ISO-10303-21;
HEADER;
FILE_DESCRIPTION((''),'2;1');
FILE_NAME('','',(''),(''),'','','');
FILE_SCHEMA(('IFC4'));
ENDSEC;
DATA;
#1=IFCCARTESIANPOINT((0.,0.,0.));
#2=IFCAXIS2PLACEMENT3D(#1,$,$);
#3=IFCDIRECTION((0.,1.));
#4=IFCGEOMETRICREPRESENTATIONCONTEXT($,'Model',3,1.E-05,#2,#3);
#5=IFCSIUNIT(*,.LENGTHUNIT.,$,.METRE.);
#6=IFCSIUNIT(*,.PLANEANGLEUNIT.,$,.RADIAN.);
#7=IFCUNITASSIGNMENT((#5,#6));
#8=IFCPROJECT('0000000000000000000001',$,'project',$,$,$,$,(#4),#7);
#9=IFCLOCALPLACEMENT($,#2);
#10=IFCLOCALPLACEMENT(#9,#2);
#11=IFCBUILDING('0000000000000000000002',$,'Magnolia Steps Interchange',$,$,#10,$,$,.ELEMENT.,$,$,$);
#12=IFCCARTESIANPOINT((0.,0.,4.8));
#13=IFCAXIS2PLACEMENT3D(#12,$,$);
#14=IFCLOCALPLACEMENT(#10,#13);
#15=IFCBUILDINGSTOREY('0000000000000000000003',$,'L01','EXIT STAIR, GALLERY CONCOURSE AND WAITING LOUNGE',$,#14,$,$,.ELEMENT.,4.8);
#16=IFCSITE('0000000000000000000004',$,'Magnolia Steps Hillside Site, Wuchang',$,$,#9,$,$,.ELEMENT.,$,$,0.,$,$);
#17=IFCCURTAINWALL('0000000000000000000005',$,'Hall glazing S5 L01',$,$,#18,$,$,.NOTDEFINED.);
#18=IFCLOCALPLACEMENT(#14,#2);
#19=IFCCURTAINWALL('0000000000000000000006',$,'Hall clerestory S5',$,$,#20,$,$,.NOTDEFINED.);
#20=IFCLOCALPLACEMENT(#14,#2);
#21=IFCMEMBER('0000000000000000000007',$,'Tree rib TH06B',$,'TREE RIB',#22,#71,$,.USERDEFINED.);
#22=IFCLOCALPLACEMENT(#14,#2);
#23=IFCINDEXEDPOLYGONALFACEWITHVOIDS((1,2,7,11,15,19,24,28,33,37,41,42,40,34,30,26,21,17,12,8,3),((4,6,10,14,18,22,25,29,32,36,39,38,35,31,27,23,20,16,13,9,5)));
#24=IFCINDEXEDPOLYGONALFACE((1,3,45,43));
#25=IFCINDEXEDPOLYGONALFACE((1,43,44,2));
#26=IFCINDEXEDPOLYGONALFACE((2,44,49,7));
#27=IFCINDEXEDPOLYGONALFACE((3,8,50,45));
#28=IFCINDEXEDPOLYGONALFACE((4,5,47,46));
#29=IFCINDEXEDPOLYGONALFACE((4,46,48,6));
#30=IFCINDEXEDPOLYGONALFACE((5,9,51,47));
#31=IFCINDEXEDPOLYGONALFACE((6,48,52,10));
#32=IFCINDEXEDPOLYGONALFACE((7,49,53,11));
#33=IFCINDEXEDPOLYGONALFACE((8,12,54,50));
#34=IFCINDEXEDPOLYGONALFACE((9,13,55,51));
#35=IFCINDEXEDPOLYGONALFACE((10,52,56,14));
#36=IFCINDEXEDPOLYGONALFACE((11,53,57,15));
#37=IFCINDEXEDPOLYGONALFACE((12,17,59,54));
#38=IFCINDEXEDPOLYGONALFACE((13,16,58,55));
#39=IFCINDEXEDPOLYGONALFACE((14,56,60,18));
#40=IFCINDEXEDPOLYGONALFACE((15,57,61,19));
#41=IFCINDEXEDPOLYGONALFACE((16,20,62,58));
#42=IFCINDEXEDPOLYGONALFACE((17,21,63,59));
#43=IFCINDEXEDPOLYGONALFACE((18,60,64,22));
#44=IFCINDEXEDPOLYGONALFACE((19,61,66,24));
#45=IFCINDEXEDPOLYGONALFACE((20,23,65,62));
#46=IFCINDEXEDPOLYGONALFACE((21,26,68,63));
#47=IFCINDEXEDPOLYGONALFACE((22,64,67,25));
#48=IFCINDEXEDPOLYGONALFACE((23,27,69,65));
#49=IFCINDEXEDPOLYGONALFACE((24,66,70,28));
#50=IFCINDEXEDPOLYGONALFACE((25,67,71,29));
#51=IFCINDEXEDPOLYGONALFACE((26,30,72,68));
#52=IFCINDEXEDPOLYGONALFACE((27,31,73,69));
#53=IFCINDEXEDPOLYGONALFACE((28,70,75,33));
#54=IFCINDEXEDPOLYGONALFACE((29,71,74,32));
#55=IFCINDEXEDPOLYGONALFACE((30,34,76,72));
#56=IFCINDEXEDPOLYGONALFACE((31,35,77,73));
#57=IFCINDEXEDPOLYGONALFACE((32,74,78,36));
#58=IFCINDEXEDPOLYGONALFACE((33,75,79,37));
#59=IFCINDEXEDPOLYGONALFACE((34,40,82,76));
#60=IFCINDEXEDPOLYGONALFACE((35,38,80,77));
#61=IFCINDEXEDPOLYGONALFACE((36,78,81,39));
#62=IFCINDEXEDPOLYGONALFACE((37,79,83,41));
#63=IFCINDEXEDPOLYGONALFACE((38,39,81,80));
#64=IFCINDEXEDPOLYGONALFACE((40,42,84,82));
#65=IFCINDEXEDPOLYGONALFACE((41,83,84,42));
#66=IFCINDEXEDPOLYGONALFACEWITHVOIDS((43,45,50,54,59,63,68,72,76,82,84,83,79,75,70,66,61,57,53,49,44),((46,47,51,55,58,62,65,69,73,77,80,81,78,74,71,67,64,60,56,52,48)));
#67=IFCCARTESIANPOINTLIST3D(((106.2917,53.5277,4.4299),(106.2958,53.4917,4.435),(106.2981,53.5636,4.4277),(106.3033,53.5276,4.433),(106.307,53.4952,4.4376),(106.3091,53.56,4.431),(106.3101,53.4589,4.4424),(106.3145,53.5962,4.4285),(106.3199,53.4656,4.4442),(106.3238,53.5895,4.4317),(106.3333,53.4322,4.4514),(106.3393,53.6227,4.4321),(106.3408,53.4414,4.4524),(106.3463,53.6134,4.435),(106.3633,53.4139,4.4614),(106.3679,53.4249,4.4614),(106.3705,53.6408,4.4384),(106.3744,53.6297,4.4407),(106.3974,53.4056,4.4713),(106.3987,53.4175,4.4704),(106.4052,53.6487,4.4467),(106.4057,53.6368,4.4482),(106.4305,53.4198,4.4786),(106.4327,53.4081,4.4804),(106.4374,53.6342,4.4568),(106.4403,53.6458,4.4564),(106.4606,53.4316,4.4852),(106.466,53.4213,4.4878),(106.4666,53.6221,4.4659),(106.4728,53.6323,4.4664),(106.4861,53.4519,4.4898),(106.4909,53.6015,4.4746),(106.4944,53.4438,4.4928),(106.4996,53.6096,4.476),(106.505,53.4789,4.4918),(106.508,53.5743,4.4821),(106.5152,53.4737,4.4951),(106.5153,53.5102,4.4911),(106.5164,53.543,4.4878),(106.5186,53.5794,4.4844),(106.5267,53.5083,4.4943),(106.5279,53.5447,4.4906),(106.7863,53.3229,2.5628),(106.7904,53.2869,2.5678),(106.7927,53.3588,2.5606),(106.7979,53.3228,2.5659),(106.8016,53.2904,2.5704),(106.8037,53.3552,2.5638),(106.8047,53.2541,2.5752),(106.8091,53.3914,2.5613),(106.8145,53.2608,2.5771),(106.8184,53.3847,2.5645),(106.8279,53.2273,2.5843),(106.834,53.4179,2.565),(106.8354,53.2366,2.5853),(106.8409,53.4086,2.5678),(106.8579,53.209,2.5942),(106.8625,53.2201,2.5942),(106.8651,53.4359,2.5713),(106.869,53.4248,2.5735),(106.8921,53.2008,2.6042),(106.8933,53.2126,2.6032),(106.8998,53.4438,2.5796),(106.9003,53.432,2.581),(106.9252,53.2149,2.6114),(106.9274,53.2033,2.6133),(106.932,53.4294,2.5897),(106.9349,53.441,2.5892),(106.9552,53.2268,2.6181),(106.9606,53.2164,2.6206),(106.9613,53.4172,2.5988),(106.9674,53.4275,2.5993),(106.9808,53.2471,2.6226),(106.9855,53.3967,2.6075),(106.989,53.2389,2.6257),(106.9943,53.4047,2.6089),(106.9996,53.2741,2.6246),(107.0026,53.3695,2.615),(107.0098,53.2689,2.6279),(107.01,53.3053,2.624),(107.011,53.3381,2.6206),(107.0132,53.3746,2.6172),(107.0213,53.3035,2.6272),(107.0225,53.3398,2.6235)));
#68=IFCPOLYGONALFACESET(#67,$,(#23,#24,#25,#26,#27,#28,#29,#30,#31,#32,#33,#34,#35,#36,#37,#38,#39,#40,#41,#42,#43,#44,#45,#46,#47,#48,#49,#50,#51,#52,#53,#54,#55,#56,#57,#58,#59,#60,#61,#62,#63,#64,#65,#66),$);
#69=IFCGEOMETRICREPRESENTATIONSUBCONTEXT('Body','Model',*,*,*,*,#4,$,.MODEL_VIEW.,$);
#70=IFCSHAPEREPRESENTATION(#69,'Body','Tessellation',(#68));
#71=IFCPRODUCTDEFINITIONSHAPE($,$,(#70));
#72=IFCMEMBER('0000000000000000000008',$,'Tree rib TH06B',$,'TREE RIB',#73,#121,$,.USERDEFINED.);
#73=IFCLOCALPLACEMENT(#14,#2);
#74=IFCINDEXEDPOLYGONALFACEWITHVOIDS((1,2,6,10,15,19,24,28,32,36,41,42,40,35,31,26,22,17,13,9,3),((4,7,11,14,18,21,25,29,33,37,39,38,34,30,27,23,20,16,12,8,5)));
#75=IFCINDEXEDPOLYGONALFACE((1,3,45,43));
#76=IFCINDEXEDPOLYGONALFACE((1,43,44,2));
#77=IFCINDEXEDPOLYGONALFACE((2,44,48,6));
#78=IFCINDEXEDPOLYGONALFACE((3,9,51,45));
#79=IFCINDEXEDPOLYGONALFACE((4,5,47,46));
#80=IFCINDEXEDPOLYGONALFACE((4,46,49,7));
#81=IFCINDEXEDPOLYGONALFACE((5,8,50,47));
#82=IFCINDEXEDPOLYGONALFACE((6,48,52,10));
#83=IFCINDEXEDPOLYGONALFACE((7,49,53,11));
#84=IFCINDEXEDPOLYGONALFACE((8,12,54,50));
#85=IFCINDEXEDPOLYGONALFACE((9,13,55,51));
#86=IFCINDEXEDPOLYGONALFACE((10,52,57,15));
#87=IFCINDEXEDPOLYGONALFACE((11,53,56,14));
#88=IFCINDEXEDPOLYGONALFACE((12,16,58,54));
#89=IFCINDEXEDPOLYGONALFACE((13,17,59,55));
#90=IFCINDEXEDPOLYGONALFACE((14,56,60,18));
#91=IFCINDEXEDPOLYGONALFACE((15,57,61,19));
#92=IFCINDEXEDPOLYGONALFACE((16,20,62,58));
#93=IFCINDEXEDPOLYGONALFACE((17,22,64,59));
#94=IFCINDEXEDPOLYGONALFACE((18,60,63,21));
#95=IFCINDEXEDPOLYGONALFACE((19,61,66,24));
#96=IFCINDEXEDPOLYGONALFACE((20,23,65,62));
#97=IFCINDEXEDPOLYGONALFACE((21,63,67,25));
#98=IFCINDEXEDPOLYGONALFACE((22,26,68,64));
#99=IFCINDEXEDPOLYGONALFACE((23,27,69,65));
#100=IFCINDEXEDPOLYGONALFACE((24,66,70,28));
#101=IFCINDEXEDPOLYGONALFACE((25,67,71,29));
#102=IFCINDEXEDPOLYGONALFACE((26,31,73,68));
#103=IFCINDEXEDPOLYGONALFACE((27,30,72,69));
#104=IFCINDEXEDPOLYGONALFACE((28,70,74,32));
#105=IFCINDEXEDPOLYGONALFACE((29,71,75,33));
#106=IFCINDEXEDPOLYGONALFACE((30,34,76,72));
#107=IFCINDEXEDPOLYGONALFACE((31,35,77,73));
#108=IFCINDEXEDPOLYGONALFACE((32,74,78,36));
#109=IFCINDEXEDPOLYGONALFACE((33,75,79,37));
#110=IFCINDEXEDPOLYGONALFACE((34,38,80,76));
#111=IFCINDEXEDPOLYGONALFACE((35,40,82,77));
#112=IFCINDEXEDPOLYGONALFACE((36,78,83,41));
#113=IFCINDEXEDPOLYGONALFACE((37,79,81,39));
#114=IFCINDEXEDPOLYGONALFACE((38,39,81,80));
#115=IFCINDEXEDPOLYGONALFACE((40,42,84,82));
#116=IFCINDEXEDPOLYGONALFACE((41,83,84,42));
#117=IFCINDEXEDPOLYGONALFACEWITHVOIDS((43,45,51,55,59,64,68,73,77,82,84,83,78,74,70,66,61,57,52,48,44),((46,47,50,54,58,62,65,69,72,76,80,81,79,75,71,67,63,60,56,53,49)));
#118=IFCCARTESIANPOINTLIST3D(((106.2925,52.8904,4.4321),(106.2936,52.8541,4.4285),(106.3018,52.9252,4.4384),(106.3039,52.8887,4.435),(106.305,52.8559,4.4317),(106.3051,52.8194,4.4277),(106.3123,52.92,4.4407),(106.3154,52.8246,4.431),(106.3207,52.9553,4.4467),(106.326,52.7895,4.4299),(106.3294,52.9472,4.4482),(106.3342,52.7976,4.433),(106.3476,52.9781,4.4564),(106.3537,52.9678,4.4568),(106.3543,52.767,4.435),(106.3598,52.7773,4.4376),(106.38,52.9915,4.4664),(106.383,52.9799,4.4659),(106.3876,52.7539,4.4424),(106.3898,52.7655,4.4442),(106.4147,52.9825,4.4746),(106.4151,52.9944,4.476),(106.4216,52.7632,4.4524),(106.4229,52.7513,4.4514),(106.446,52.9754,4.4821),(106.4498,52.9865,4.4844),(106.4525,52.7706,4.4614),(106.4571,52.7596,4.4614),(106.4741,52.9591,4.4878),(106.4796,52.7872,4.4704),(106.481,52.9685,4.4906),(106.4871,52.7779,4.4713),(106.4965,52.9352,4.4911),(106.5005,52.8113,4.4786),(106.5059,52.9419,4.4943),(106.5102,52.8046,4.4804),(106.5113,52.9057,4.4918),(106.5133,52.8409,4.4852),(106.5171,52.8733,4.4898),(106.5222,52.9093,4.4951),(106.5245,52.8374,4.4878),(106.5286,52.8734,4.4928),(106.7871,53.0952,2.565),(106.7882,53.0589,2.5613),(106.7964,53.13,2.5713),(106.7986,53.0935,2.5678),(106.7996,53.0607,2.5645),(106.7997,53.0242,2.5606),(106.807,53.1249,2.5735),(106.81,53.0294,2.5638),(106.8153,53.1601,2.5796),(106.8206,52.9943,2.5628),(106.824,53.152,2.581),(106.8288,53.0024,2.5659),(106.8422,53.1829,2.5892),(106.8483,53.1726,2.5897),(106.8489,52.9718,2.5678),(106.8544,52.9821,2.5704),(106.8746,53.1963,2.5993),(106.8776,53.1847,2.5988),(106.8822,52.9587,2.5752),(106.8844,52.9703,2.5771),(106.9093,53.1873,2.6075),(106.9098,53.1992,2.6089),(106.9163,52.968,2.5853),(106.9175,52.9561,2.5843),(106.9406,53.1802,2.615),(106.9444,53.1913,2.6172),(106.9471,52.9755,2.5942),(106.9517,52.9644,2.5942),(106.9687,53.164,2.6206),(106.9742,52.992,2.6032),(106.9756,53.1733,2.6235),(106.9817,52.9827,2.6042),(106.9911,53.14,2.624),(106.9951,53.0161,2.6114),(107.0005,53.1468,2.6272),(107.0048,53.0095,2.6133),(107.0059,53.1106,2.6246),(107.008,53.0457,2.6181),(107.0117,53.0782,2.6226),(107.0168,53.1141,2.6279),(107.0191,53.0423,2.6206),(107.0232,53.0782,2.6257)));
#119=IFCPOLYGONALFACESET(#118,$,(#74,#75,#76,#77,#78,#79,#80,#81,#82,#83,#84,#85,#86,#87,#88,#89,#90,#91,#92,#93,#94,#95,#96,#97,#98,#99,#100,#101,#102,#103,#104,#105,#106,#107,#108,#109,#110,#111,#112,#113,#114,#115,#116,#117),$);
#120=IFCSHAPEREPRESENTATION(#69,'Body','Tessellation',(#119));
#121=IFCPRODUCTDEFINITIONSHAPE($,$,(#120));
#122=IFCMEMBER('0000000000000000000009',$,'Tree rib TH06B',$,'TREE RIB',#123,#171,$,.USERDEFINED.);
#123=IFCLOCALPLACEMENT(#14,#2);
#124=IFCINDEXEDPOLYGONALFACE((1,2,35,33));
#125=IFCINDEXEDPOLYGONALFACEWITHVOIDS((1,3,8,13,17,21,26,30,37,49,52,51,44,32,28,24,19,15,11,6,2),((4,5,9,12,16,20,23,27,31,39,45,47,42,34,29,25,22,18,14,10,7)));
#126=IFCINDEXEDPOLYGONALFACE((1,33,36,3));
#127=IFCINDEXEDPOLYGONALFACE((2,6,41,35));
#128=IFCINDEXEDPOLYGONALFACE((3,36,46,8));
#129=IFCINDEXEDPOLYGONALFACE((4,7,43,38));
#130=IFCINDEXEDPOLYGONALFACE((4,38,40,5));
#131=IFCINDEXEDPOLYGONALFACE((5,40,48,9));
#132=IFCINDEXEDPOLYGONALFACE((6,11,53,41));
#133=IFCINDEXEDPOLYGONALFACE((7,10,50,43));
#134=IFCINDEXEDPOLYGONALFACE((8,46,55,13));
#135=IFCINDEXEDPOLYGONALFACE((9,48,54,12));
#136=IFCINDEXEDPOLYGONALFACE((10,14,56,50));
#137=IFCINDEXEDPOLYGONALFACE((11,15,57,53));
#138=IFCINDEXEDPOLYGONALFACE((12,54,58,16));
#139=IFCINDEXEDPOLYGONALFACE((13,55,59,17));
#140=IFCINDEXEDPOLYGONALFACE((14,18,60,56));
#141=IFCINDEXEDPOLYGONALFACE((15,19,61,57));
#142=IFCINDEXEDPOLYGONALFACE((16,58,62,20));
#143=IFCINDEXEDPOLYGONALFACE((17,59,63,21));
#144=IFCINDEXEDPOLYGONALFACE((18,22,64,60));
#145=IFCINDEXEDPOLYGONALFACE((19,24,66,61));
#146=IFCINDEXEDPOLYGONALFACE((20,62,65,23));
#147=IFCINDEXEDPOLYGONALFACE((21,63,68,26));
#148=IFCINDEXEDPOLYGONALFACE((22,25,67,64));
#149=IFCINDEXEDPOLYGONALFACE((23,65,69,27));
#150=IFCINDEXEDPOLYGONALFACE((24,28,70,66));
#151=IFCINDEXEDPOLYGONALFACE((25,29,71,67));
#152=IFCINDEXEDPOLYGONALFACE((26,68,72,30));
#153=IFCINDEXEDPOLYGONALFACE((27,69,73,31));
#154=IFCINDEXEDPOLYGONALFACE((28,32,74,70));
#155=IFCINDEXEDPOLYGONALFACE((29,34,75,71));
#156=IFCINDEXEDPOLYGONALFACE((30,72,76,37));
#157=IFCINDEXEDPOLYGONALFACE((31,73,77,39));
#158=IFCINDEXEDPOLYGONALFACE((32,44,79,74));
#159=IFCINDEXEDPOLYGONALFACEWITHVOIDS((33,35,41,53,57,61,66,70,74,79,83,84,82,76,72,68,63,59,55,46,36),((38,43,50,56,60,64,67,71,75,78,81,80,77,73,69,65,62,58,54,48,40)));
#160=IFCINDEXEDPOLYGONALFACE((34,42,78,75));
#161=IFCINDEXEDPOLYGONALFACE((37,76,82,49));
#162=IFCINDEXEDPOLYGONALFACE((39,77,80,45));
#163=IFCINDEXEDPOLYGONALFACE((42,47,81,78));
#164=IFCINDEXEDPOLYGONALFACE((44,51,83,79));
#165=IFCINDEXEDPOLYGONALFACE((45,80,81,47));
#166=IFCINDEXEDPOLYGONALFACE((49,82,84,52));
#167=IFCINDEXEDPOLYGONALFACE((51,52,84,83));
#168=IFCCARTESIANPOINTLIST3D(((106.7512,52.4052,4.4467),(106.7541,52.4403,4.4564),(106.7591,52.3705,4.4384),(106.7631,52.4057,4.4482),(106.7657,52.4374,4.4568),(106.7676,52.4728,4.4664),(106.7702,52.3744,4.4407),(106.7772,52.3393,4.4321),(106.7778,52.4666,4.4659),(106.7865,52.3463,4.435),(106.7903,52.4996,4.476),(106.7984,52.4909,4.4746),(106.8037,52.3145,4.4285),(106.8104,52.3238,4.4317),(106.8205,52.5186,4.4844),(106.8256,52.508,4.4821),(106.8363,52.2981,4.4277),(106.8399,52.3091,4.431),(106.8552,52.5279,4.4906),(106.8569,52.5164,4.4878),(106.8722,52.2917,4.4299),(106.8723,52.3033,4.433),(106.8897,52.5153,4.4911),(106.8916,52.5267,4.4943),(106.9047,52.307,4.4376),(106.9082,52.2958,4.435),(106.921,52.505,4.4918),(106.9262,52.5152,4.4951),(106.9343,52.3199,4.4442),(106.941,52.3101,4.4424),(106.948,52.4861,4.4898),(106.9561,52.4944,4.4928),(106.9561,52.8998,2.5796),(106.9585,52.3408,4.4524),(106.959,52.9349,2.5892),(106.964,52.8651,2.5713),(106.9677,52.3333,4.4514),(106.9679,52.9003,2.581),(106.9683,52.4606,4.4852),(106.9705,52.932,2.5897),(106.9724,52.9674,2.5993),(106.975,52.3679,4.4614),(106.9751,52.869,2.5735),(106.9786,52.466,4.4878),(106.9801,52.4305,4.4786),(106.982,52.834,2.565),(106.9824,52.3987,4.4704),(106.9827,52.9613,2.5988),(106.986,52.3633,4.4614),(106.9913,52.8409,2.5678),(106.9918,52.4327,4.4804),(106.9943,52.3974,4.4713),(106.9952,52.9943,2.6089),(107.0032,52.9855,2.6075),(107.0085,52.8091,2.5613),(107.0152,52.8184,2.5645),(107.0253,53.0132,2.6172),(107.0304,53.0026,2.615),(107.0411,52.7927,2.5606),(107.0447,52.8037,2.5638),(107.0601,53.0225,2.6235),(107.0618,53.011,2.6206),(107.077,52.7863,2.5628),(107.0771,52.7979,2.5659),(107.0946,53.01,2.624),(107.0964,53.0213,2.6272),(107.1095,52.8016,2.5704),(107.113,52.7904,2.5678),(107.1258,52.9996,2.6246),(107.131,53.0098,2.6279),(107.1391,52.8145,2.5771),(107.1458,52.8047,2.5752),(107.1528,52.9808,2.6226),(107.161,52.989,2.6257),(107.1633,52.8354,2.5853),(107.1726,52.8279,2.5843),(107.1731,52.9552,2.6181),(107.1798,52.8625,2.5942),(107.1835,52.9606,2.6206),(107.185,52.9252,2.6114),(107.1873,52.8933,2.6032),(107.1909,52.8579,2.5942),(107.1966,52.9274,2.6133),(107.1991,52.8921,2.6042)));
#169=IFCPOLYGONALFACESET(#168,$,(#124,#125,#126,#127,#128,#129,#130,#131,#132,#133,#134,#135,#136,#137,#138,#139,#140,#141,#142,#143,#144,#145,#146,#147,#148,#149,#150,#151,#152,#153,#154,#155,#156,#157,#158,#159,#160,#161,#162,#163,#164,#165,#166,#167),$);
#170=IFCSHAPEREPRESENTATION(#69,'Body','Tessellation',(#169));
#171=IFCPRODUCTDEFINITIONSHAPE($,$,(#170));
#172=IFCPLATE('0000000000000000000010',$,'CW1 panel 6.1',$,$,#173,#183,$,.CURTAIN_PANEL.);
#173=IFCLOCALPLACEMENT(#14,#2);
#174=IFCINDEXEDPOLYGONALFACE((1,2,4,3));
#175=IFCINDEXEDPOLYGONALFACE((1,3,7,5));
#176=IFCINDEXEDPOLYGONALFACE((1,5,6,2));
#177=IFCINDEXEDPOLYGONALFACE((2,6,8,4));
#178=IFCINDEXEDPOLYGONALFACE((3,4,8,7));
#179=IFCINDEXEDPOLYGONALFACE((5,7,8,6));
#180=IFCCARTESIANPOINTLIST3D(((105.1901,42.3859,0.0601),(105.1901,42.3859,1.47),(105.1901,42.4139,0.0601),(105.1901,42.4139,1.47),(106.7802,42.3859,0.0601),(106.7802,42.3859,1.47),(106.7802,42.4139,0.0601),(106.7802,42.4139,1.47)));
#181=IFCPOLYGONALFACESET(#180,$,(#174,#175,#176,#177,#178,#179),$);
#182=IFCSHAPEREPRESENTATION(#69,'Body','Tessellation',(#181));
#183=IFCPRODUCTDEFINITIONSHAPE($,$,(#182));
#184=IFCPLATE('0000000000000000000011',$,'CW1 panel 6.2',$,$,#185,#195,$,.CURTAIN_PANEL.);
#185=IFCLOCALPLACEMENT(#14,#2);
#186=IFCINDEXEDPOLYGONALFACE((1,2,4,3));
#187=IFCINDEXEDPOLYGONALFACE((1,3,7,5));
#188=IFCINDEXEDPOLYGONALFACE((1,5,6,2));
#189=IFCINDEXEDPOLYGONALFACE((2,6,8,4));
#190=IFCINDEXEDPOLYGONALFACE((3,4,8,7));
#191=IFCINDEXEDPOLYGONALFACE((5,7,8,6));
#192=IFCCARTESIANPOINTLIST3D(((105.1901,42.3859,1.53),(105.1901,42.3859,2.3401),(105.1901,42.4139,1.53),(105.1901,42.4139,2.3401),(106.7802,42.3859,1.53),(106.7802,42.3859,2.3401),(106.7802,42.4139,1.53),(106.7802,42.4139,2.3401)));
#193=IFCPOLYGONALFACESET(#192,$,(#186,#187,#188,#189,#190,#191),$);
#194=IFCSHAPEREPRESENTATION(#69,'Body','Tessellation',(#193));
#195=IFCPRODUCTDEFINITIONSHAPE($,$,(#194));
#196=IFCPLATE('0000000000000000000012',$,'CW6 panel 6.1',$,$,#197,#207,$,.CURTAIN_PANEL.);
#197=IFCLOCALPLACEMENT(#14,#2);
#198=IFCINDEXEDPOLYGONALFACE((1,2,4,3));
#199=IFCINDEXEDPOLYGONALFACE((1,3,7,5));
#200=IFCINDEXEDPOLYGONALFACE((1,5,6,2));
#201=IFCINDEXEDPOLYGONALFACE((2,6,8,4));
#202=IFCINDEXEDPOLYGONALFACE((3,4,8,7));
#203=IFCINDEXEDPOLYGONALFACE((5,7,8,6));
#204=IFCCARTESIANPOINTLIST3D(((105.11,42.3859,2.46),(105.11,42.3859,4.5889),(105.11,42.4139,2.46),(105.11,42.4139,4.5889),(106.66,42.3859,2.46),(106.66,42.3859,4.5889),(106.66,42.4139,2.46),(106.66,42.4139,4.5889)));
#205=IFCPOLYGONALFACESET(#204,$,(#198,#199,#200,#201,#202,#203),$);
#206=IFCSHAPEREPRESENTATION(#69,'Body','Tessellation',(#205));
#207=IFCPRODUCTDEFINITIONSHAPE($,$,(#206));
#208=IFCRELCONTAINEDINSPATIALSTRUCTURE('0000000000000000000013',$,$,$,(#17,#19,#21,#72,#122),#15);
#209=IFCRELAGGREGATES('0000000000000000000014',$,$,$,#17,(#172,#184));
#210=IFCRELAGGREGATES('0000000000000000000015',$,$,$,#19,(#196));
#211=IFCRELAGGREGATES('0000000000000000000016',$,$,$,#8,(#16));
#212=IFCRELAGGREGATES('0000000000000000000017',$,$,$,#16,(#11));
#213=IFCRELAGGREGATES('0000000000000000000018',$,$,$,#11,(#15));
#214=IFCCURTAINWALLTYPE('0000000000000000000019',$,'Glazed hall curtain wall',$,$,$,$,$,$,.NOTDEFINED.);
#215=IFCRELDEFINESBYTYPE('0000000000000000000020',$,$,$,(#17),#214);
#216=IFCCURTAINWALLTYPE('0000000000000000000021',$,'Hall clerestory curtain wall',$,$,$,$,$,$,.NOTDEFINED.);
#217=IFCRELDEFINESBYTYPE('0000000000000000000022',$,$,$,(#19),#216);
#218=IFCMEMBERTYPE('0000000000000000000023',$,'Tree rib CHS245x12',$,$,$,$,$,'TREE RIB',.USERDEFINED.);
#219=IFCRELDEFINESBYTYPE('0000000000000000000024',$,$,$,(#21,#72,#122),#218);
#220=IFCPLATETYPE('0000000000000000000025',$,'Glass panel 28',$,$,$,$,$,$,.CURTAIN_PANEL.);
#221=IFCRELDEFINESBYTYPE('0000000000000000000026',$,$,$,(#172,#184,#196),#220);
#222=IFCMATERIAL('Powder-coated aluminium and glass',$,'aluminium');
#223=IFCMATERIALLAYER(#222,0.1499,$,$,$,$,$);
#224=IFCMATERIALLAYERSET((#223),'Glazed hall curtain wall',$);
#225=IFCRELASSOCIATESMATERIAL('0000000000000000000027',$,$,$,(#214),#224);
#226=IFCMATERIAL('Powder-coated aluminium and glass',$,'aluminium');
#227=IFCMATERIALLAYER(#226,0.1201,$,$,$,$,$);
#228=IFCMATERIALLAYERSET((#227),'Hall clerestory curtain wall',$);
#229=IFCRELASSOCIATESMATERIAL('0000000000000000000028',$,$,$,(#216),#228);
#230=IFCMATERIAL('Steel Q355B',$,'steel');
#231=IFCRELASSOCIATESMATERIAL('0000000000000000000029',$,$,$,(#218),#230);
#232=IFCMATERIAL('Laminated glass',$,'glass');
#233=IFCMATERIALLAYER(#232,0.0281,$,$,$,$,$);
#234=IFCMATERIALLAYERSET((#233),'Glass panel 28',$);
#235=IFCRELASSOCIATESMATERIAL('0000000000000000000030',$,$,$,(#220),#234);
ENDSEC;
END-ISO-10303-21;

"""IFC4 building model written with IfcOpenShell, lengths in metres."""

from ifc_helpers import new_model, si_unit, direction, frame, origin, origin_2d, place, context, subcontext, project, spatial, rectangle, hollow_circle, extrude, material, layer, layer_set, material_profile, profile_set, type_object, element, aggregate, save


model = new_model("IFC4")

# Units and contexts
model_context = context("Model", 3, precision=1e-05, world=origin(), true_north=direction((0.0, 1.0)))
body_context = subcontext(model_context, "Body", "Model", "MODEL_VIEW")
ifc_project = project(units=[si_unit("LENGTHUNIT", "METRE"), si_unit("PLANEANGLEUNIT", "RADIAN")], contexts=[model_context])

# Site, building, storey
site_placement = place(None, origin())
site = spatial("IfcSite", under=ifc_project, at=site_placement, Name="Magnolia Steps Hillside Site, Wuchang", CompositionType="ELEMENT", RefElevation=0.0)
building_placement = place(site_placement, origin())
building = spatial("IfcBuilding", under=site, at=building_placement, Name="Magnolia Steps Interchange", CompositionType="ELEMENT")
storey_placement = place(building_placement, frame((0.0, 0.0, 4.8)))
storey = spatial("IfcBuildingStorey", under=building, at=storey_placement, Name="L01", Description="EXIT STAIR, GALLERY CONCOURSE AND WAITING LOUNGE", CompositionType="ELEMENT", Elevation=4.8)

# Curtain walls
ifc_material_1 = material(Name="Powder-coated aluminium and glass", Category="aluminium")
ifc_layer_1 = layer(ifc_material_1, 0.1499)
ifc_layer_set_1 = layer_set([ifc_layer_1], Name="Glazed hall curtain wall")
curtain_wall_type_1 = type_object("IfcCurtainWallType", Name="Glazed hall curtain wall", PredefinedType="NOTDEFINED", material=ifc_layer_set_1)
curtain_wall_1_placement = place(storey_placement, origin())
curtain_wall_1 = element("IfcCurtainWall", 1, at=curtain_wall_1_placement, inside=storey, type_object=curtain_wall_type_1, Name="Hall glazing S5 L01", PredefinedType="NOTDEFINED")
ifc_material_2 = material(Name="Powder-coated aluminium and glass", Category="aluminium")
ifc_layer_2 = layer(ifc_material_2, 0.1201)
ifc_layer_set_2 = layer_set([ifc_layer_2], Name="Hall clerestory curtain wall")
curtain_wall_type_2 = type_object("IfcCurtainWallType", Name="Hall clerestory curtain wall", PredefinedType="NOTDEFINED", material=ifc_layer_set_2)
curtain_wall_2_placement = place(storey_placement, origin())
curtain_wall_2 = element("IfcCurtainWall", 2, at=curtain_wall_2_placement, inside=storey, type_object=curtain_wall_type_2, Name="Hall clerestory S5", PredefinedType="NOTDEFINED")

# Members
ifc_material_3 = material(Name="Steel Q355B", Category="steel")
ifc_material_profile_1 = material_profile(ifc_material_3, hollow_circle(Radius=0.1226, WallThickness=0.012, at=origin_2d()), Name="CHS245x12")
ifc_profile_set_1 = profile_set([ifc_material_profile_1], Name="Steel Q355B")
member_type_1 = type_object("IfcMemberType", Name="Tree rib CHS245x12", ElementType="TREE RIB", PredefinedType="USERDEFINED", material=ifc_profile_set_1)
for number, where, z_axis, x_axis, name in (
    (3, (106.9048, 53.3223, 2.5942), (-0.254645, 0.105453, 0.961268), (-0.382607, -0.923911, 0.0), "Tree rib TH06B"),
    (4, (106.9048, 53.0776, 2.5942), (-0.254645, -0.105453, 0.961268), (0.382607, -0.923911, 0.0), "Tree rib TH06B"),
    (5, (107.0776, 52.9048, 2.5942), (-0.105453, -0.254645, 0.961268), (0.923911, -0.382607, 0.0), "Tree rib TH06B"),
):
    element("IfcMember", number, at=place(storey_placement, frame(where, z_axis=z_axis, x_axis=x_axis)), inside=storey, type_object=member_type_1, Name=name, ObjectType="TREE RIB", PredefinedType="USERDEFINED", context=body_context, shape_type="SweptSolid", body=[
        extrude(hollow_circle(Radius=0.1226, WallThickness=0.012, at=origin_2d()), origin(), (0.0, 0.0, 1.0), 1.9424),
    ])

# Plates
ifc_material_4 = material(Name="Laminated glass", Category="glass")
ifc_layer_3 = layer(ifc_material_4, 0.0281)
ifc_layer_set_3 = layer_set([ifc_layer_3], Name="Glass panel 28")
plate_type = type_object("IfcPlateType", Name="Glass panel 28", PredefinedType="CURTAIN_PANEL", material=ifc_layer_set_3)
plate_1_placement = place(storey_placement, frame((105.9851, 42.3999, 0.0601), z_axis=(0.0, 0.0, 1.0), x_axis=(1.0, 0.0, 0.0)))
plate_1 = element("IfcPlate", 6, at=plate_1_placement, type_object=plate_type, Name="CW1 panel 6.1", PredefinedType="CURTAIN_PANEL", context=body_context, shape_type="SweptSolid", body=[
    extrude(rectangle(XDim=1.5901, YDim=0.0281, at=origin_2d()), origin(), (0.0, 0.0, 1.0), 1.4099),
])
plate_2_placement = place(storey_placement, frame((105.9851, 42.3999, 1.53), z_axis=(0.0, 0.0, 1.0), x_axis=(1.0, 0.0, 0.0)))
plate_2 = element("IfcPlate", 7, at=plate_2_placement, type_object=plate_type, Name="CW1 panel 6.2", PredefinedType="CURTAIN_PANEL", context=body_context, shape_type="SweptSolid", body=[
    extrude(rectangle(XDim=1.5901, YDim=0.0281, at=origin_2d()), origin(), (0.0, 0.0, 1.0), 0.8101),
])
aggregate(curtain_wall_1, [plate_1, plate_2])
plate_3_placement = place(storey_placement, frame((105.885, 42.3999, 2.46), z_axis=(0.0, 0.0, 1.0), x_axis=(1.0, 0.0, 0.0)))
plate_3 = element("IfcPlate", 8, at=plate_3_placement, type_object=plate_type, Name="CW6 panel 6.1", PredefinedType="CURTAIN_PANEL", context=body_context, shape_type="SweptSolid", body=[
    extrude(rectangle(XDim=1.55, YDim=0.0281, at=origin_2d()), origin(), (0.0, 0.0, 1.0), 2.1289),
])
aggregate(curtain_wall_2, [plate_3])

save(model, "model.ifc")
